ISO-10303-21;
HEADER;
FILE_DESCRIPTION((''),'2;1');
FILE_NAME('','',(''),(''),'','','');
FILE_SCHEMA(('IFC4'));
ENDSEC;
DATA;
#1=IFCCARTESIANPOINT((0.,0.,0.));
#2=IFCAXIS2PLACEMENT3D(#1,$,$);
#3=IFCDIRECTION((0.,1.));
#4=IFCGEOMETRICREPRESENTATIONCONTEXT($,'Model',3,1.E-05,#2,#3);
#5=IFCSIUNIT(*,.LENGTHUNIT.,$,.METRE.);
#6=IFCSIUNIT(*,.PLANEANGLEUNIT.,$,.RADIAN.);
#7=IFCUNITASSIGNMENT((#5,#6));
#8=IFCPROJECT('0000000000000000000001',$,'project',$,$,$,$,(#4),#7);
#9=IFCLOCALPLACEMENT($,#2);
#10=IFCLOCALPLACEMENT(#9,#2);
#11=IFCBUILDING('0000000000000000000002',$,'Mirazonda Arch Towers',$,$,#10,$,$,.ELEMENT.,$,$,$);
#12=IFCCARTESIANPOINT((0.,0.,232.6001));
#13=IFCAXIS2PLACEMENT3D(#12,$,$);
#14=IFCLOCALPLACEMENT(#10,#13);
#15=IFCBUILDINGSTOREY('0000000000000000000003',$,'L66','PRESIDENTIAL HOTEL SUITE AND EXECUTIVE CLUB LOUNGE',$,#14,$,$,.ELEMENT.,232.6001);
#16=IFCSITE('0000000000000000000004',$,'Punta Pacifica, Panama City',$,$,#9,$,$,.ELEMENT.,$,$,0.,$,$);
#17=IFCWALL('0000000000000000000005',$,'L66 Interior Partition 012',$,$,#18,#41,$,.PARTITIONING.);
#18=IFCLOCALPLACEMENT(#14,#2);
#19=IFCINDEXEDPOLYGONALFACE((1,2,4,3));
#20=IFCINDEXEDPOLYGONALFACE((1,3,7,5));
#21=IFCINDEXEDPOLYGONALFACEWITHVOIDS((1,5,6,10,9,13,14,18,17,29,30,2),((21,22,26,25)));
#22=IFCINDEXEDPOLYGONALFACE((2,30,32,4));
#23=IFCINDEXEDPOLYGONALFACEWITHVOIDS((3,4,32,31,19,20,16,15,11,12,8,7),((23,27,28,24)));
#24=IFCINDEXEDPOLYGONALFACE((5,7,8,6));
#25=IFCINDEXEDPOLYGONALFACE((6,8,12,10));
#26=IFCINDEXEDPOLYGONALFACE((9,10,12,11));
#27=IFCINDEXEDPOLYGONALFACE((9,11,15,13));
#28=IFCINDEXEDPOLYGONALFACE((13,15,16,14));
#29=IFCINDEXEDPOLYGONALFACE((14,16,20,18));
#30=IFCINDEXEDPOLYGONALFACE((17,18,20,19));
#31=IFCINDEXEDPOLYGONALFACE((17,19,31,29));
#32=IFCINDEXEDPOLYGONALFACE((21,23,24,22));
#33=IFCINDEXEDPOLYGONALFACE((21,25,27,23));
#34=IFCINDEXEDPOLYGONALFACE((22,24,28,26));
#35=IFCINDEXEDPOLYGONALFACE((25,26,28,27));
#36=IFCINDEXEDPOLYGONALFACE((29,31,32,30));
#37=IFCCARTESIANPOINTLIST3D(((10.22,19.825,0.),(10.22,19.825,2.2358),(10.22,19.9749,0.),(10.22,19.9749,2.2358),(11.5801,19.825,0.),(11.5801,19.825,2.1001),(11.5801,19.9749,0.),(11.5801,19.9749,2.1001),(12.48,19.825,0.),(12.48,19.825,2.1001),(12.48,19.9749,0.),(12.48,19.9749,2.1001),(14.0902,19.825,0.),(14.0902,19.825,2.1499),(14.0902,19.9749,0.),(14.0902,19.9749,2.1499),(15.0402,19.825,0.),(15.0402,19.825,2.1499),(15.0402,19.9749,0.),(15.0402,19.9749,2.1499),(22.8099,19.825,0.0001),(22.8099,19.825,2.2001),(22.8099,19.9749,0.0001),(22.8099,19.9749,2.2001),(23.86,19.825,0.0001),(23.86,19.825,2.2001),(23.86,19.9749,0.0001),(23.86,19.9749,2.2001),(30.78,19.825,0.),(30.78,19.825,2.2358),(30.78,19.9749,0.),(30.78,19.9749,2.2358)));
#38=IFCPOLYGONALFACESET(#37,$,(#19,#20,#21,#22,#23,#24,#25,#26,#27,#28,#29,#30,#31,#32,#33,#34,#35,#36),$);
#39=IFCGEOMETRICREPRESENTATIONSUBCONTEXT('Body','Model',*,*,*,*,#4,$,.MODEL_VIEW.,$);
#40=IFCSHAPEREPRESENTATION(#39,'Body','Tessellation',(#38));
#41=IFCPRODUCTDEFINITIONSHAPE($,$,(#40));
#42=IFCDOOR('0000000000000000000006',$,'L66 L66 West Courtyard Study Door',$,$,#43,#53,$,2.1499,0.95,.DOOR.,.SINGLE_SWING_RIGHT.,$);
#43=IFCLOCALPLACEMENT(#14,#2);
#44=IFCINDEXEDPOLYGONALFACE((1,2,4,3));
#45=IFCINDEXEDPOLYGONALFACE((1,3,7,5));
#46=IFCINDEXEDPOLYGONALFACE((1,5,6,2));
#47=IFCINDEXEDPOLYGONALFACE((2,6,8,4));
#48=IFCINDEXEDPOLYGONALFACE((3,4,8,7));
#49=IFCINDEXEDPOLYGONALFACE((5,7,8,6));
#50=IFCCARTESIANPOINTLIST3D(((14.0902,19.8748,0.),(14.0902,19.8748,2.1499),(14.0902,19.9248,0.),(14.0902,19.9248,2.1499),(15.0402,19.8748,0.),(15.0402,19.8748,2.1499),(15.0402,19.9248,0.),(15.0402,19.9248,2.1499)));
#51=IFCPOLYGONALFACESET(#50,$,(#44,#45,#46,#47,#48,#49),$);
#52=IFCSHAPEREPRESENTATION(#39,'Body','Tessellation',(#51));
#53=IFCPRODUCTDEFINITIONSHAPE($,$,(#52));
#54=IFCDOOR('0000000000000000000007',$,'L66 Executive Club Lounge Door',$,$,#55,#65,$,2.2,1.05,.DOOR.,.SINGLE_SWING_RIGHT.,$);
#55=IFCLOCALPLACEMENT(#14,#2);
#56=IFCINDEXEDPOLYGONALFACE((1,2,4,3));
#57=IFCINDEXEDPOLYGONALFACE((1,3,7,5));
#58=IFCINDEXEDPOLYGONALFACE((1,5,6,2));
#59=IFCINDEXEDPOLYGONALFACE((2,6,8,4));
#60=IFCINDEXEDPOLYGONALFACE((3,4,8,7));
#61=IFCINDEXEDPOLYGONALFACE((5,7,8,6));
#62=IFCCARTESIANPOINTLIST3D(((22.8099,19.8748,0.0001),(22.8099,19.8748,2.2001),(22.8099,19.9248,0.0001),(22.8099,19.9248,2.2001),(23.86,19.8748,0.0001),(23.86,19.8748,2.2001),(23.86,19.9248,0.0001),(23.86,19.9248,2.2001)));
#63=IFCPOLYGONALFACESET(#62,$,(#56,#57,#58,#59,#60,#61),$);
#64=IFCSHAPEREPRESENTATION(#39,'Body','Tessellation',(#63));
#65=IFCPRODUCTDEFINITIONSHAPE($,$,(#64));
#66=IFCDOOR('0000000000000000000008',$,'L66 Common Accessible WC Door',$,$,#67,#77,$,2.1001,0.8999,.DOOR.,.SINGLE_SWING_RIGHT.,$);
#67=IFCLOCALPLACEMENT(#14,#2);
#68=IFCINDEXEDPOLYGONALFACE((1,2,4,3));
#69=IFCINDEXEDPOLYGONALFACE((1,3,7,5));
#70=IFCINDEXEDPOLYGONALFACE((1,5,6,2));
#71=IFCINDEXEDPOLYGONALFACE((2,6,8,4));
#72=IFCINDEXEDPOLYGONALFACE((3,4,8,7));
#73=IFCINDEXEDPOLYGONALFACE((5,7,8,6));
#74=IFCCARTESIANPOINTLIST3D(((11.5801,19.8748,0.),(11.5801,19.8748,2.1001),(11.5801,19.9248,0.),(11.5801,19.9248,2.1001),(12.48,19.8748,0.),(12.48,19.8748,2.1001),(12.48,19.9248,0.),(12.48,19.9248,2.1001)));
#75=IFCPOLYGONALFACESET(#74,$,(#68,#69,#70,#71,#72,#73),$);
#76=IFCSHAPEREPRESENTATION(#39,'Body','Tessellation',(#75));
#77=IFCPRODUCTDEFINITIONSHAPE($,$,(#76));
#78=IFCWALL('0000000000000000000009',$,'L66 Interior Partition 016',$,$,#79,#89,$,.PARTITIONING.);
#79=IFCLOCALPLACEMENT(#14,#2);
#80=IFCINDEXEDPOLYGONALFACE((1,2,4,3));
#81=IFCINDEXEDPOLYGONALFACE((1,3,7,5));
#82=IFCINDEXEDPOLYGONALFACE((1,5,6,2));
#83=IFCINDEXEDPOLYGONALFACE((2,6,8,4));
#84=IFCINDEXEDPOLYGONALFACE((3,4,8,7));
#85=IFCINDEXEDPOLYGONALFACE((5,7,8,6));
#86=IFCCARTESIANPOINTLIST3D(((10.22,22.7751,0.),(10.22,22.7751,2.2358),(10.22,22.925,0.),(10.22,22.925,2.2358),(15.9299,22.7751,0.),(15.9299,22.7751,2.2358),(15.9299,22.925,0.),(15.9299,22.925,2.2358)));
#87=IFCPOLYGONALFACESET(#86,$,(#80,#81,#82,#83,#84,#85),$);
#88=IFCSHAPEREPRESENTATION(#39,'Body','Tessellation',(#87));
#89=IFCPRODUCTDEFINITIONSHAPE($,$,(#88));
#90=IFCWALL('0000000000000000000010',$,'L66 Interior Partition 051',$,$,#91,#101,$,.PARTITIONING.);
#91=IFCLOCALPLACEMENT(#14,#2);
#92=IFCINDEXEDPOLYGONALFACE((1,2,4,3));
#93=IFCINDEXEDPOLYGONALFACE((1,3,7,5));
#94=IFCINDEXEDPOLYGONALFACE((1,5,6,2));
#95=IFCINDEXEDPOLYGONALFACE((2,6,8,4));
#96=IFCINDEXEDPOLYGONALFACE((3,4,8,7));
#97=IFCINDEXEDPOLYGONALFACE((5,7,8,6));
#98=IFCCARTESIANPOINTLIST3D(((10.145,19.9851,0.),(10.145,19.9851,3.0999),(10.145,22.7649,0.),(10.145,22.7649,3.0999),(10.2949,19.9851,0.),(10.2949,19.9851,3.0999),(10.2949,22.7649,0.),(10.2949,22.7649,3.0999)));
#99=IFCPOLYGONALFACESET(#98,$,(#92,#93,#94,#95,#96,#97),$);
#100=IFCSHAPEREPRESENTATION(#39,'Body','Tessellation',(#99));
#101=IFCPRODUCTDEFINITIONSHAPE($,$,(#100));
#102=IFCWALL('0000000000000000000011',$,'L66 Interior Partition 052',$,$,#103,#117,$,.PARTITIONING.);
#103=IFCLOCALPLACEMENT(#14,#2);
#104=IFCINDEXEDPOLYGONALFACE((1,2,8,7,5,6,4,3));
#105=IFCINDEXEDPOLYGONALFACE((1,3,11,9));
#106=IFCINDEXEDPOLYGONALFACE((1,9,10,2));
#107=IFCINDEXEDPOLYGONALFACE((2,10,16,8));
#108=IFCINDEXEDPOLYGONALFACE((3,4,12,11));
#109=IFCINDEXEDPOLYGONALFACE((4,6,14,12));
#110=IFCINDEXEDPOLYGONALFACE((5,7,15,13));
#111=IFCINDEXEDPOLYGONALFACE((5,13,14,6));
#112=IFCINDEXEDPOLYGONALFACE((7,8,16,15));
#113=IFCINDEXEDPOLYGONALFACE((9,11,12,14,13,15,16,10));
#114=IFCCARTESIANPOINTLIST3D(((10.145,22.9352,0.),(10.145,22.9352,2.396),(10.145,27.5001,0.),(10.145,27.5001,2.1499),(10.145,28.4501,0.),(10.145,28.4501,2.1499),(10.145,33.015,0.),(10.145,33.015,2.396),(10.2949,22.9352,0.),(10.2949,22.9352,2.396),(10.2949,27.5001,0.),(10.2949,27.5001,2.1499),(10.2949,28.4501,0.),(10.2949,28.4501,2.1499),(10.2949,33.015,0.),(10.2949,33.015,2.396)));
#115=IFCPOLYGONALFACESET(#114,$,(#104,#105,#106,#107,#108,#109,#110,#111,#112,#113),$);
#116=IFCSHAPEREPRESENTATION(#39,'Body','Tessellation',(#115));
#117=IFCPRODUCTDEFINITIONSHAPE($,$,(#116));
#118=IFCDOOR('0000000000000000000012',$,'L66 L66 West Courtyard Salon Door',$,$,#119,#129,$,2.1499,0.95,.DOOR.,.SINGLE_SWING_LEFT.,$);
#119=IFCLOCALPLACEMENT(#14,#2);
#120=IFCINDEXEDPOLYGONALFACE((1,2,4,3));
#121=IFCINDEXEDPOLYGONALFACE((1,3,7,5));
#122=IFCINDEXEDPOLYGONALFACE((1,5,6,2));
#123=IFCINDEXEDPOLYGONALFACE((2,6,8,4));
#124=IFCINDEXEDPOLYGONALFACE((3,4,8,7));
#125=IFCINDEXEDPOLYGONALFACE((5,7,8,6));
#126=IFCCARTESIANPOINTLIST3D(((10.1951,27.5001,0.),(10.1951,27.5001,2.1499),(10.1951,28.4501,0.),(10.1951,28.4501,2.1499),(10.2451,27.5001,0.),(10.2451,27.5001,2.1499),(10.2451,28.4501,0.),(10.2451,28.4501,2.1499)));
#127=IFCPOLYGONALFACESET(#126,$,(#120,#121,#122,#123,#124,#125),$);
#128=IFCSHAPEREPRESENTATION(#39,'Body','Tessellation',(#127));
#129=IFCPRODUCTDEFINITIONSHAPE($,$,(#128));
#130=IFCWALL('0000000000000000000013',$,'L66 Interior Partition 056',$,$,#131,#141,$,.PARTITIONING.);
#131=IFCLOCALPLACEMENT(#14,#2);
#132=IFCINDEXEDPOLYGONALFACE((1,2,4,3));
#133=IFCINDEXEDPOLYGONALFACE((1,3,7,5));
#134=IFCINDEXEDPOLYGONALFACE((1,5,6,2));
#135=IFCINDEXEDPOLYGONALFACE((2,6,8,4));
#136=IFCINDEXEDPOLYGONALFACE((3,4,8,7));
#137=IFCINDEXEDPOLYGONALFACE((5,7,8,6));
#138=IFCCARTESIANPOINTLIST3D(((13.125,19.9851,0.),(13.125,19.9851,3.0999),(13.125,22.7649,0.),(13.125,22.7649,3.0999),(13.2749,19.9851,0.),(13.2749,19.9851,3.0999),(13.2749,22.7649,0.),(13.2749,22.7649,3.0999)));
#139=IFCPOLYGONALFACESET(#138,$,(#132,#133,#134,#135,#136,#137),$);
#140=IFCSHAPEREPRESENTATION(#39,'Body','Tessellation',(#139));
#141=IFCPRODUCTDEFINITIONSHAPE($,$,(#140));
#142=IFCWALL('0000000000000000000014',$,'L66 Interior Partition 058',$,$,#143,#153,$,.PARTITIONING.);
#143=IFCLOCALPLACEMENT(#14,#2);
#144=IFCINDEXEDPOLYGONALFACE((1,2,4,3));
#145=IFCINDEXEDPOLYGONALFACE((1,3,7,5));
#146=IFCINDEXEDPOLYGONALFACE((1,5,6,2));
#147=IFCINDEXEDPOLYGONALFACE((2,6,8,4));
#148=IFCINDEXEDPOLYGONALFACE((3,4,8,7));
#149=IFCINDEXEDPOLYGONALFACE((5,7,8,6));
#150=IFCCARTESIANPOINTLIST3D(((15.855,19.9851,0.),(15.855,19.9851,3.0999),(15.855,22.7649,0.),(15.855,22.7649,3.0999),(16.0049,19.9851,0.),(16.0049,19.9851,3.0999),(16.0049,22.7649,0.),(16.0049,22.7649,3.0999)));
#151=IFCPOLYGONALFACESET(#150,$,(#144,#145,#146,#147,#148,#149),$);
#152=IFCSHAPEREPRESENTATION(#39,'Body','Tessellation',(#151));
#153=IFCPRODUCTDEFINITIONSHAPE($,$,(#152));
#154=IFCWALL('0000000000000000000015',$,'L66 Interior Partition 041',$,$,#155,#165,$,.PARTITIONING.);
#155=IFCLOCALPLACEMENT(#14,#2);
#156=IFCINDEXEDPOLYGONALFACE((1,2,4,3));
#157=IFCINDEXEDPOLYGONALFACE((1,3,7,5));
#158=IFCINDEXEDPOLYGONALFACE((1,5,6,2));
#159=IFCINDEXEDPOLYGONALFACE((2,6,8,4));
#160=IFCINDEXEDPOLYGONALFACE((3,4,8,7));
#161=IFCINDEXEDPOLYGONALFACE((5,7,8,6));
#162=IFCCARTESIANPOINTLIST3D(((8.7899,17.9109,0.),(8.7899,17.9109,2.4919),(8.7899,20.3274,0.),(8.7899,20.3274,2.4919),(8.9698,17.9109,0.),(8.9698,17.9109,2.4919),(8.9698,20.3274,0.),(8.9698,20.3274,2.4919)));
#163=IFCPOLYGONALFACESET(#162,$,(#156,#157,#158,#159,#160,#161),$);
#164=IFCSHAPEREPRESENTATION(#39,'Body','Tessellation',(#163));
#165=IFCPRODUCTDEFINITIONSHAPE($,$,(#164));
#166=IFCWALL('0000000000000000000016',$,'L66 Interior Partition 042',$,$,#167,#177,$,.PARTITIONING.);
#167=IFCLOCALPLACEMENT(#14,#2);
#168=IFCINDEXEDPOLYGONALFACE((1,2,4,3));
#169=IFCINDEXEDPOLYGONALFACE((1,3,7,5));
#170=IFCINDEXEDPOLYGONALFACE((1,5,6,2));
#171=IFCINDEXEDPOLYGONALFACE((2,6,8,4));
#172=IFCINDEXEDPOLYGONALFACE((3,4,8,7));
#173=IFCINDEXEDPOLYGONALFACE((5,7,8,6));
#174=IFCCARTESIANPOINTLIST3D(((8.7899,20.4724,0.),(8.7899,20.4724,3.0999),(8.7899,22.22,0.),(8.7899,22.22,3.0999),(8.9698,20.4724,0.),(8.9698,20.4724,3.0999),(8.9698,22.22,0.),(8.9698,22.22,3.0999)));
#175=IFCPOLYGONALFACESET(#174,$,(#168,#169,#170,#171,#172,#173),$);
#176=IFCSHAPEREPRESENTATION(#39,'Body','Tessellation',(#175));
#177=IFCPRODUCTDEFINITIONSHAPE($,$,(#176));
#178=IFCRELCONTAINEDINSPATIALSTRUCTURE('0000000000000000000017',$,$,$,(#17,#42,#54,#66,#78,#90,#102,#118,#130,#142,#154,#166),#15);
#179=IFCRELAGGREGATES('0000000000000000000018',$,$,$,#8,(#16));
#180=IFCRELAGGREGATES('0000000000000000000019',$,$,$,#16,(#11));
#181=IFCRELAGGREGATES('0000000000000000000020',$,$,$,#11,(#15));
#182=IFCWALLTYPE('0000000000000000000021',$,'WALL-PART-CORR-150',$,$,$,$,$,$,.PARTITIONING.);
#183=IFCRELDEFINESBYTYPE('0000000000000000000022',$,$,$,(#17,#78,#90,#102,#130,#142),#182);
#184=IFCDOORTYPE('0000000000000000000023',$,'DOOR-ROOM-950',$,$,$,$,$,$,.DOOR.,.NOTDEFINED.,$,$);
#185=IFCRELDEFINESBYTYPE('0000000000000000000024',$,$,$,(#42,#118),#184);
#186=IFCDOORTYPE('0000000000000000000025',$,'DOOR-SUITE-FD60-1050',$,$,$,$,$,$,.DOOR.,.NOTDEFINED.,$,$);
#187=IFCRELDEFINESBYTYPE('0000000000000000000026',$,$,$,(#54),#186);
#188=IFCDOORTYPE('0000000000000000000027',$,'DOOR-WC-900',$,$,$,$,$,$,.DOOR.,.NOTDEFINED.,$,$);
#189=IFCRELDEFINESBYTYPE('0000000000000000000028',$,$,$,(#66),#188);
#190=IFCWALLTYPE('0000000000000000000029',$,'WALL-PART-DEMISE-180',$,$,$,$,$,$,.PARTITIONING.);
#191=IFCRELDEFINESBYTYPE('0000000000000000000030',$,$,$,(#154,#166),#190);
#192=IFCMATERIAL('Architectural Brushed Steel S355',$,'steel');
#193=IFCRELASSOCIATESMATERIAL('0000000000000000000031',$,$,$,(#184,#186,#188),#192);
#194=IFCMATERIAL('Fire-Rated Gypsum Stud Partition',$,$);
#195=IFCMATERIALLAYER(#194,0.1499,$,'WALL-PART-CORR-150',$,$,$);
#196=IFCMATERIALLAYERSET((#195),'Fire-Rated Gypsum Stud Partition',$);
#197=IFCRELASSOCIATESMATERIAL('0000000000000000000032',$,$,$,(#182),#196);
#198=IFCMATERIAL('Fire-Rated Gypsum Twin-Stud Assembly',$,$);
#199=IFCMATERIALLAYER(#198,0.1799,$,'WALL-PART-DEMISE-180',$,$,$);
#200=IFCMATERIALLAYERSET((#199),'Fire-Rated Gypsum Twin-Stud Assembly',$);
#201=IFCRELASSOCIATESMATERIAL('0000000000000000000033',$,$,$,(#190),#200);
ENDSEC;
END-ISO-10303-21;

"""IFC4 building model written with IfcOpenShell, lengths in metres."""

from ifc_helpers import new_model, si_unit, direction, frame, frame_2d, origin, place, context, subcontext, project, spatial, rectangle, extrude, material, layer, layer_set, type_object, element, fill, save


model = new_model("IFC4")

# Units and contexts
model_context = context("Model", 3, precision=1e-05, world=origin(), true_north=direction((0.0, 1.0)))
body_context = subcontext(model_context, "Body", "Model", "MODEL_VIEW")
ifc_project = project(units=[si_unit("LENGTHUNIT", "METRE"), si_unit("PLANEANGLEUNIT", "RADIAN")], contexts=[model_context])

# Site, building, storey
site_placement = place(None, origin())
site = spatial("IfcSite", under=ifc_project, at=site_placement, Name="Punta Pacifica, Panama City", CompositionType="ELEMENT", RefElevation=0.0)
building_placement = place(site_placement, origin())
building = spatial("IfcBuilding", under=site, at=building_placement, Name="Mirazonda Arch Towers", CompositionType="ELEMENT")
storey_placement = place(building_placement, frame((0.0, 0.0, 232.6001)))
storey = spatial("IfcBuildingStorey", under=building, at=storey_placement, Name="L66", Description="PRESIDENTIAL HOTEL SUITE AND EXECUTIVE CLUB LOUNGE", CompositionType="ELEMENT", Elevation=232.6001)

# Shared definitions
ifc_material_1 = material(Name="Architectural Brushed Steel S355", Category="steel")
door_type_1 = type_object("IfcDoorType", Name="DOOR-ROOM-950", OperationType="NOTDEFINED", PredefinedType="DOOR", material=ifc_material_1)

# Shared definitions
ifc_material_2 = material(Name="Fire-Rated Gypsum Stud Partition")
ifc_layer_1 = layer(ifc_material_2, 0.1499, Name="WALL-PART-CORR-150")
ifc_layer_set_1 = layer_set([ifc_layer_1], Name="Fire-Rated Gypsum Stud Partition")
wall_type_1 = type_object("IfcWallType", Name="WALL-PART-CORR-150", PredefinedType="PARTITIONING", material=ifc_layer_set_1)

# Wall, openings, doors
wall_1_placement = place(storey_placement, frame((10.22, 19.8999, 0.0), z_axis=(0.0, 0.0, 1.0), x_axis=(1.0, 0.0, 0.0)))
wall_1 = element("IfcWall", 1, at=wall_1_placement, inside=storey, type_object=wall_type_1, Name="L66 Interior Partition 012", PredefinedType="PARTITIONING", context=body_context, shape_type="SweptSolid", body=[
    extrude(rectangle(XDim=20.5601, YDim=0.1499, at=frame_2d((10.28, 0.0))), origin(), (0.0, 0.0, 1.0), 2.2358),
])
opening_1_placement = place(wall_1_placement, frame((1.3601, 0.0, 0.0)))
opening_1 = element("IfcOpeningElement", 2, at=opening_1_placement, cuts=wall_1, PredefinedType="OPENING", context=body_context, shape_type="SweptSolid", body=[
    extrude(rectangle(XDim=0.8999, YDim=2.1001, at=frame_2d((0.45, 1.05))), frame((0.0, 0.085, 0.0), z_axis=(0.0, -1.0, 0.0), x_axis=(1.0, 0.0, 0.0)), (0.0, 0.0, 1.0), 0.1699),
])
opening_2_placement = place(wall_1_placement, frame((3.8701, 0.0, 0.0)))
opening_2 = element("IfcOpeningElement", 3, at=opening_2_placement, cuts=wall_1, PredefinedType="OPENING", context=body_context, shape_type="SweptSolid", body=[
    extrude(rectangle(XDim=0.95, YDim=2.1499, at=frame_2d((0.4751, 1.075))), frame((0.0, 0.085, 0.0), z_axis=(0.0, -1.0, 0.0), x_axis=(1.0, 0.0, 0.0)), (0.0, 0.0, 1.0), 0.1699),
])
opening_3_placement = place(wall_1_placement, frame((12.5901, 0.0, 0.0)))
opening_3 = element("IfcOpeningElement", 4, at=opening_3_placement, cuts=wall_1, PredefinedType="OPENING", context=body_context, shape_type="SweptSolid", body=[
    extrude(rectangle(XDim=1.05, YDim=2.2, at=frame_2d((0.5249, 1.1001))), frame((0.0, 0.085, 0.0), z_axis=(0.0, -1.0, 0.0), x_axis=(1.0, 0.0, 0.0)), (0.0, 0.0, 1.0), 0.1699),
])
door_1_placement = place(opening_2_placement, origin())
door_1 = element("IfcDoor", 5, at=door_1_placement, inside=storey, type_object=door_type_1, Name="L66 L66 West Courtyard Study Door", OperationType="SINGLE_SWING_RIGHT", OverallHeight=2.1499, OverallWidth=0.95, PredefinedType="DOOR", context=body_context, shape_type="SweptSolid", body=[
    extrude(rectangle(XDim=0.95, YDim=2.1499, at=frame_2d((0.4751, 1.075))), frame((0.0, 0.0249, 0.0), z_axis=(0.0, -1.0, 0.0), x_axis=(1.0, 0.0, 0.0)), (0.0, 0.0, 1.0), 0.05),
])
fill(opening_2, door_1)
door_type_2 = type_object("IfcDoorType", Name="DOOR-SUITE-FD60-1050", OperationType="NOTDEFINED", PredefinedType="DOOR", material=ifc_material_1)
door_2_placement = place(opening_3_placement, origin())
door_2 = element("IfcDoor", 6, at=door_2_placement, inside=storey, type_object=door_type_2, Name="L66 Executive Club Lounge Door", OperationType="SINGLE_SWING_RIGHT", OverallHeight=2.2, OverallWidth=1.05, PredefinedType="DOOR", context=body_context, shape_type="SweptSolid", body=[
    extrude(rectangle(XDim=1.05, YDim=2.2, at=frame_2d((0.5249, 1.1001))), frame((0.0, 0.0249, 0.0), z_axis=(0.0, -1.0, 0.0), x_axis=(1.0, 0.0, 0.0)), (0.0, 0.0, 1.0), 0.05),
])
fill(opening_3, door_2)
door_type_3 = type_object("IfcDoorType", Name="DOOR-WC-900", OperationType="NOTDEFINED", PredefinedType="DOOR", material=ifc_material_1)
door_3_placement = place(opening_1_placement, origin())
door_3 = element("IfcDoor", 7, at=door_3_placement, inside=storey, type_object=door_type_3, Name="L66 Common Accessible WC Door", OperationType="SINGLE_SWING_RIGHT", OverallHeight=2.1001, OverallWidth=0.8999, PredefinedType="DOOR", context=body_context, shape_type="SweptSolid", body=[
    extrude(rectangle(XDim=0.8999, YDim=2.1001, at=frame_2d((0.45, 1.05))), frame((0.0, 0.0249, 0.0), z_axis=(0.0, -1.0, 0.0), x_axis=(1.0, 0.0, 0.0)), (0.0, 0.0, 1.0), 0.05),
])
fill(opening_1, door_3)

# Walls
wall_2_placement = place(storey_placement, frame((10.22, 22.8501, 0.0), z_axis=(0.0, 0.0, 1.0), x_axis=(1.0, 0.0, 0.0)))
element("IfcWall", 8, at=wall_2_placement, inside=storey, type_object=wall_type_1, Name="L66 Interior Partition 016", PredefinedType="PARTITIONING", context=body_context, shape_type="SweptSolid", body=[
    extrude(rectangle(XDim=5.71, YDim=0.1499, at=frame_2d((2.855, 0.0))), origin(), (0.0, 0.0, 1.0), 2.2358),
])
wall_3_placement = place(storey_placement, frame((10.22, 19.9851, 0.0), z_axis=(0.0, 0.0, 1.0), x_axis=(0.0, 1.0, 0.0)))
element("IfcWall", 9, at=wall_3_placement, inside=storey, type_object=wall_type_1, Name="L66 Interior Partition 051", PredefinedType="PARTITIONING", context=body_context, shape_type="SweptSolid", body=[
    extrude(rectangle(XDim=2.7798, YDim=0.1499, at=frame_2d((1.3899, 0.0))), origin(), (0.0, 0.0, 1.0), 3.0999),
])

# Wall, opening, door
wall_4_placement = place(storey_placement, frame((10.22, 22.9351, 0.0), z_axis=(0.0, 0.0, 1.0), x_axis=(0.0, 1.0, 0.0)))
wall_4 = element("IfcWall", 10, at=wall_4_placement, inside=storey, type_object=wall_type_1, Name="L66 Interior Partition 052", PredefinedType="PARTITIONING", context=body_context, shape_type="SweptSolid", body=[
    extrude(rectangle(XDim=10.0798, YDim=0.1499, at=frame_2d((5.04, 0.0))), origin(), (0.0, 0.0, 1.0), 2.396),
])
opening_4_placement = place(wall_4_placement, frame((4.5649, 0.0, 0.0)))
opening_4 = element("IfcOpeningElement", 11, at=opening_4_placement, cuts=wall_4, PredefinedType="OPENING", context=body_context, shape_type="SweptSolid", body=[
    extrude(rectangle(XDim=0.95, YDim=2.1499, at=frame_2d((0.4751, 1.075))), frame((0.0, 0.085, 0.0), z_axis=(0.0, -1.0, 0.0), x_axis=(1.0, 0.0, 0.0)), (0.0, 0.0, 1.0), 0.1699),
])
door_4_placement = place(opening_4_placement, origin())
door_4 = element("IfcDoor", 12, at=door_4_placement, inside=storey, type_object=door_type_1, Name="L66 L66 West Courtyard Salon Door", OperationType="SINGLE_SWING_LEFT", OverallHeight=2.1499, OverallWidth=0.95, PredefinedType="DOOR", context=body_context, shape_type="SweptSolid", body=[
    extrude(rectangle(XDim=0.95, YDim=2.1499, at=frame_2d((0.4751, 1.075))), frame((0.0, 0.0249, 0.0), z_axis=(0.0, -1.0, 0.0), x_axis=(1.0, 0.0, 0.0)), (0.0, 0.0, 1.0), 0.05),
])
fill(opening_4, door_4)

# Walls
for number, where, z_axis, x_axis, name in (
    (13, (13.2, 19.9851, 0.0), (0.0, 0.0, 1.0), (0.0, 1.0, 0.0), "L66 Interior Partition 056"),
    (14, (15.9299, 19.9851, 0.0), (0.0, 0.0, 1.0), (0.0, 1.0, 0.0), "L66 Interior Partition 058"),
):
    element("IfcWall", number, at=place(storey_placement, frame(where, z_axis=z_axis, x_axis=x_axis)), inside=storey, type_object=wall_type_1, Name=name, PredefinedType="PARTITIONING", context=body_context, shape_type="SweptSolid", body=[
        extrude(rectangle(XDim=2.7798, YDim=0.1499, at=frame_2d((1.3899, 0.0))), origin(), (0.0, 0.0, 1.0), 3.0999),
    ])
ifc_material_3 = material(Name="Fire-Rated Gypsum Twin-Stud Assembly")
ifc_layer_2 = layer(ifc_material_3, 0.1799, Name="WALL-PART-DEMISE-180")
ifc_layer_set_2 = layer_set([ifc_layer_2], Name="Fire-Rated Gypsum Twin-Stud Assembly")
wall_type_2 = type_object("IfcWallType", Name="WALL-PART-DEMISE-180", PredefinedType="PARTITIONING", material=ifc_layer_set_2)
wall_5_placement = place(storey_placement, frame((8.8799, 17.9109, 0.0), z_axis=(0.0, 0.0, 1.0), x_axis=(0.0, 1.0, 0.0)))
element("IfcWall", 15, at=wall_5_placement, inside=storey, type_object=wall_type_2, Name="L66 Interior Partition 041", PredefinedType="PARTITIONING", context=body_context, shape_type="SweptSolid", body=[
    extrude(rectangle(XDim=2.4165, YDim=0.1799, at=frame_2d((1.2083, 0.0))), origin(), (0.0, 0.0, 1.0), 2.4919),
])
wall_6_placement = place(storey_placement, frame((8.8799, 20.4724, 0.0), z_axis=(0.0, 0.0, 1.0), x_axis=(0.0, 1.0, 0.0)))
element("IfcWall", 16, at=wall_6_placement, inside=storey, type_object=wall_type_2, Name="L66 Interior Partition 042", PredefinedType="PARTITIONING", context=body_context, shape_type="SweptSolid", body=[
    extrude(rectangle(XDim=1.7476, YDim=0.1799, at=frame_2d((0.8738, 0.0))), origin(), (0.0, 0.0, 1.0), 3.0999),
])

save(model, "model.ifc")
